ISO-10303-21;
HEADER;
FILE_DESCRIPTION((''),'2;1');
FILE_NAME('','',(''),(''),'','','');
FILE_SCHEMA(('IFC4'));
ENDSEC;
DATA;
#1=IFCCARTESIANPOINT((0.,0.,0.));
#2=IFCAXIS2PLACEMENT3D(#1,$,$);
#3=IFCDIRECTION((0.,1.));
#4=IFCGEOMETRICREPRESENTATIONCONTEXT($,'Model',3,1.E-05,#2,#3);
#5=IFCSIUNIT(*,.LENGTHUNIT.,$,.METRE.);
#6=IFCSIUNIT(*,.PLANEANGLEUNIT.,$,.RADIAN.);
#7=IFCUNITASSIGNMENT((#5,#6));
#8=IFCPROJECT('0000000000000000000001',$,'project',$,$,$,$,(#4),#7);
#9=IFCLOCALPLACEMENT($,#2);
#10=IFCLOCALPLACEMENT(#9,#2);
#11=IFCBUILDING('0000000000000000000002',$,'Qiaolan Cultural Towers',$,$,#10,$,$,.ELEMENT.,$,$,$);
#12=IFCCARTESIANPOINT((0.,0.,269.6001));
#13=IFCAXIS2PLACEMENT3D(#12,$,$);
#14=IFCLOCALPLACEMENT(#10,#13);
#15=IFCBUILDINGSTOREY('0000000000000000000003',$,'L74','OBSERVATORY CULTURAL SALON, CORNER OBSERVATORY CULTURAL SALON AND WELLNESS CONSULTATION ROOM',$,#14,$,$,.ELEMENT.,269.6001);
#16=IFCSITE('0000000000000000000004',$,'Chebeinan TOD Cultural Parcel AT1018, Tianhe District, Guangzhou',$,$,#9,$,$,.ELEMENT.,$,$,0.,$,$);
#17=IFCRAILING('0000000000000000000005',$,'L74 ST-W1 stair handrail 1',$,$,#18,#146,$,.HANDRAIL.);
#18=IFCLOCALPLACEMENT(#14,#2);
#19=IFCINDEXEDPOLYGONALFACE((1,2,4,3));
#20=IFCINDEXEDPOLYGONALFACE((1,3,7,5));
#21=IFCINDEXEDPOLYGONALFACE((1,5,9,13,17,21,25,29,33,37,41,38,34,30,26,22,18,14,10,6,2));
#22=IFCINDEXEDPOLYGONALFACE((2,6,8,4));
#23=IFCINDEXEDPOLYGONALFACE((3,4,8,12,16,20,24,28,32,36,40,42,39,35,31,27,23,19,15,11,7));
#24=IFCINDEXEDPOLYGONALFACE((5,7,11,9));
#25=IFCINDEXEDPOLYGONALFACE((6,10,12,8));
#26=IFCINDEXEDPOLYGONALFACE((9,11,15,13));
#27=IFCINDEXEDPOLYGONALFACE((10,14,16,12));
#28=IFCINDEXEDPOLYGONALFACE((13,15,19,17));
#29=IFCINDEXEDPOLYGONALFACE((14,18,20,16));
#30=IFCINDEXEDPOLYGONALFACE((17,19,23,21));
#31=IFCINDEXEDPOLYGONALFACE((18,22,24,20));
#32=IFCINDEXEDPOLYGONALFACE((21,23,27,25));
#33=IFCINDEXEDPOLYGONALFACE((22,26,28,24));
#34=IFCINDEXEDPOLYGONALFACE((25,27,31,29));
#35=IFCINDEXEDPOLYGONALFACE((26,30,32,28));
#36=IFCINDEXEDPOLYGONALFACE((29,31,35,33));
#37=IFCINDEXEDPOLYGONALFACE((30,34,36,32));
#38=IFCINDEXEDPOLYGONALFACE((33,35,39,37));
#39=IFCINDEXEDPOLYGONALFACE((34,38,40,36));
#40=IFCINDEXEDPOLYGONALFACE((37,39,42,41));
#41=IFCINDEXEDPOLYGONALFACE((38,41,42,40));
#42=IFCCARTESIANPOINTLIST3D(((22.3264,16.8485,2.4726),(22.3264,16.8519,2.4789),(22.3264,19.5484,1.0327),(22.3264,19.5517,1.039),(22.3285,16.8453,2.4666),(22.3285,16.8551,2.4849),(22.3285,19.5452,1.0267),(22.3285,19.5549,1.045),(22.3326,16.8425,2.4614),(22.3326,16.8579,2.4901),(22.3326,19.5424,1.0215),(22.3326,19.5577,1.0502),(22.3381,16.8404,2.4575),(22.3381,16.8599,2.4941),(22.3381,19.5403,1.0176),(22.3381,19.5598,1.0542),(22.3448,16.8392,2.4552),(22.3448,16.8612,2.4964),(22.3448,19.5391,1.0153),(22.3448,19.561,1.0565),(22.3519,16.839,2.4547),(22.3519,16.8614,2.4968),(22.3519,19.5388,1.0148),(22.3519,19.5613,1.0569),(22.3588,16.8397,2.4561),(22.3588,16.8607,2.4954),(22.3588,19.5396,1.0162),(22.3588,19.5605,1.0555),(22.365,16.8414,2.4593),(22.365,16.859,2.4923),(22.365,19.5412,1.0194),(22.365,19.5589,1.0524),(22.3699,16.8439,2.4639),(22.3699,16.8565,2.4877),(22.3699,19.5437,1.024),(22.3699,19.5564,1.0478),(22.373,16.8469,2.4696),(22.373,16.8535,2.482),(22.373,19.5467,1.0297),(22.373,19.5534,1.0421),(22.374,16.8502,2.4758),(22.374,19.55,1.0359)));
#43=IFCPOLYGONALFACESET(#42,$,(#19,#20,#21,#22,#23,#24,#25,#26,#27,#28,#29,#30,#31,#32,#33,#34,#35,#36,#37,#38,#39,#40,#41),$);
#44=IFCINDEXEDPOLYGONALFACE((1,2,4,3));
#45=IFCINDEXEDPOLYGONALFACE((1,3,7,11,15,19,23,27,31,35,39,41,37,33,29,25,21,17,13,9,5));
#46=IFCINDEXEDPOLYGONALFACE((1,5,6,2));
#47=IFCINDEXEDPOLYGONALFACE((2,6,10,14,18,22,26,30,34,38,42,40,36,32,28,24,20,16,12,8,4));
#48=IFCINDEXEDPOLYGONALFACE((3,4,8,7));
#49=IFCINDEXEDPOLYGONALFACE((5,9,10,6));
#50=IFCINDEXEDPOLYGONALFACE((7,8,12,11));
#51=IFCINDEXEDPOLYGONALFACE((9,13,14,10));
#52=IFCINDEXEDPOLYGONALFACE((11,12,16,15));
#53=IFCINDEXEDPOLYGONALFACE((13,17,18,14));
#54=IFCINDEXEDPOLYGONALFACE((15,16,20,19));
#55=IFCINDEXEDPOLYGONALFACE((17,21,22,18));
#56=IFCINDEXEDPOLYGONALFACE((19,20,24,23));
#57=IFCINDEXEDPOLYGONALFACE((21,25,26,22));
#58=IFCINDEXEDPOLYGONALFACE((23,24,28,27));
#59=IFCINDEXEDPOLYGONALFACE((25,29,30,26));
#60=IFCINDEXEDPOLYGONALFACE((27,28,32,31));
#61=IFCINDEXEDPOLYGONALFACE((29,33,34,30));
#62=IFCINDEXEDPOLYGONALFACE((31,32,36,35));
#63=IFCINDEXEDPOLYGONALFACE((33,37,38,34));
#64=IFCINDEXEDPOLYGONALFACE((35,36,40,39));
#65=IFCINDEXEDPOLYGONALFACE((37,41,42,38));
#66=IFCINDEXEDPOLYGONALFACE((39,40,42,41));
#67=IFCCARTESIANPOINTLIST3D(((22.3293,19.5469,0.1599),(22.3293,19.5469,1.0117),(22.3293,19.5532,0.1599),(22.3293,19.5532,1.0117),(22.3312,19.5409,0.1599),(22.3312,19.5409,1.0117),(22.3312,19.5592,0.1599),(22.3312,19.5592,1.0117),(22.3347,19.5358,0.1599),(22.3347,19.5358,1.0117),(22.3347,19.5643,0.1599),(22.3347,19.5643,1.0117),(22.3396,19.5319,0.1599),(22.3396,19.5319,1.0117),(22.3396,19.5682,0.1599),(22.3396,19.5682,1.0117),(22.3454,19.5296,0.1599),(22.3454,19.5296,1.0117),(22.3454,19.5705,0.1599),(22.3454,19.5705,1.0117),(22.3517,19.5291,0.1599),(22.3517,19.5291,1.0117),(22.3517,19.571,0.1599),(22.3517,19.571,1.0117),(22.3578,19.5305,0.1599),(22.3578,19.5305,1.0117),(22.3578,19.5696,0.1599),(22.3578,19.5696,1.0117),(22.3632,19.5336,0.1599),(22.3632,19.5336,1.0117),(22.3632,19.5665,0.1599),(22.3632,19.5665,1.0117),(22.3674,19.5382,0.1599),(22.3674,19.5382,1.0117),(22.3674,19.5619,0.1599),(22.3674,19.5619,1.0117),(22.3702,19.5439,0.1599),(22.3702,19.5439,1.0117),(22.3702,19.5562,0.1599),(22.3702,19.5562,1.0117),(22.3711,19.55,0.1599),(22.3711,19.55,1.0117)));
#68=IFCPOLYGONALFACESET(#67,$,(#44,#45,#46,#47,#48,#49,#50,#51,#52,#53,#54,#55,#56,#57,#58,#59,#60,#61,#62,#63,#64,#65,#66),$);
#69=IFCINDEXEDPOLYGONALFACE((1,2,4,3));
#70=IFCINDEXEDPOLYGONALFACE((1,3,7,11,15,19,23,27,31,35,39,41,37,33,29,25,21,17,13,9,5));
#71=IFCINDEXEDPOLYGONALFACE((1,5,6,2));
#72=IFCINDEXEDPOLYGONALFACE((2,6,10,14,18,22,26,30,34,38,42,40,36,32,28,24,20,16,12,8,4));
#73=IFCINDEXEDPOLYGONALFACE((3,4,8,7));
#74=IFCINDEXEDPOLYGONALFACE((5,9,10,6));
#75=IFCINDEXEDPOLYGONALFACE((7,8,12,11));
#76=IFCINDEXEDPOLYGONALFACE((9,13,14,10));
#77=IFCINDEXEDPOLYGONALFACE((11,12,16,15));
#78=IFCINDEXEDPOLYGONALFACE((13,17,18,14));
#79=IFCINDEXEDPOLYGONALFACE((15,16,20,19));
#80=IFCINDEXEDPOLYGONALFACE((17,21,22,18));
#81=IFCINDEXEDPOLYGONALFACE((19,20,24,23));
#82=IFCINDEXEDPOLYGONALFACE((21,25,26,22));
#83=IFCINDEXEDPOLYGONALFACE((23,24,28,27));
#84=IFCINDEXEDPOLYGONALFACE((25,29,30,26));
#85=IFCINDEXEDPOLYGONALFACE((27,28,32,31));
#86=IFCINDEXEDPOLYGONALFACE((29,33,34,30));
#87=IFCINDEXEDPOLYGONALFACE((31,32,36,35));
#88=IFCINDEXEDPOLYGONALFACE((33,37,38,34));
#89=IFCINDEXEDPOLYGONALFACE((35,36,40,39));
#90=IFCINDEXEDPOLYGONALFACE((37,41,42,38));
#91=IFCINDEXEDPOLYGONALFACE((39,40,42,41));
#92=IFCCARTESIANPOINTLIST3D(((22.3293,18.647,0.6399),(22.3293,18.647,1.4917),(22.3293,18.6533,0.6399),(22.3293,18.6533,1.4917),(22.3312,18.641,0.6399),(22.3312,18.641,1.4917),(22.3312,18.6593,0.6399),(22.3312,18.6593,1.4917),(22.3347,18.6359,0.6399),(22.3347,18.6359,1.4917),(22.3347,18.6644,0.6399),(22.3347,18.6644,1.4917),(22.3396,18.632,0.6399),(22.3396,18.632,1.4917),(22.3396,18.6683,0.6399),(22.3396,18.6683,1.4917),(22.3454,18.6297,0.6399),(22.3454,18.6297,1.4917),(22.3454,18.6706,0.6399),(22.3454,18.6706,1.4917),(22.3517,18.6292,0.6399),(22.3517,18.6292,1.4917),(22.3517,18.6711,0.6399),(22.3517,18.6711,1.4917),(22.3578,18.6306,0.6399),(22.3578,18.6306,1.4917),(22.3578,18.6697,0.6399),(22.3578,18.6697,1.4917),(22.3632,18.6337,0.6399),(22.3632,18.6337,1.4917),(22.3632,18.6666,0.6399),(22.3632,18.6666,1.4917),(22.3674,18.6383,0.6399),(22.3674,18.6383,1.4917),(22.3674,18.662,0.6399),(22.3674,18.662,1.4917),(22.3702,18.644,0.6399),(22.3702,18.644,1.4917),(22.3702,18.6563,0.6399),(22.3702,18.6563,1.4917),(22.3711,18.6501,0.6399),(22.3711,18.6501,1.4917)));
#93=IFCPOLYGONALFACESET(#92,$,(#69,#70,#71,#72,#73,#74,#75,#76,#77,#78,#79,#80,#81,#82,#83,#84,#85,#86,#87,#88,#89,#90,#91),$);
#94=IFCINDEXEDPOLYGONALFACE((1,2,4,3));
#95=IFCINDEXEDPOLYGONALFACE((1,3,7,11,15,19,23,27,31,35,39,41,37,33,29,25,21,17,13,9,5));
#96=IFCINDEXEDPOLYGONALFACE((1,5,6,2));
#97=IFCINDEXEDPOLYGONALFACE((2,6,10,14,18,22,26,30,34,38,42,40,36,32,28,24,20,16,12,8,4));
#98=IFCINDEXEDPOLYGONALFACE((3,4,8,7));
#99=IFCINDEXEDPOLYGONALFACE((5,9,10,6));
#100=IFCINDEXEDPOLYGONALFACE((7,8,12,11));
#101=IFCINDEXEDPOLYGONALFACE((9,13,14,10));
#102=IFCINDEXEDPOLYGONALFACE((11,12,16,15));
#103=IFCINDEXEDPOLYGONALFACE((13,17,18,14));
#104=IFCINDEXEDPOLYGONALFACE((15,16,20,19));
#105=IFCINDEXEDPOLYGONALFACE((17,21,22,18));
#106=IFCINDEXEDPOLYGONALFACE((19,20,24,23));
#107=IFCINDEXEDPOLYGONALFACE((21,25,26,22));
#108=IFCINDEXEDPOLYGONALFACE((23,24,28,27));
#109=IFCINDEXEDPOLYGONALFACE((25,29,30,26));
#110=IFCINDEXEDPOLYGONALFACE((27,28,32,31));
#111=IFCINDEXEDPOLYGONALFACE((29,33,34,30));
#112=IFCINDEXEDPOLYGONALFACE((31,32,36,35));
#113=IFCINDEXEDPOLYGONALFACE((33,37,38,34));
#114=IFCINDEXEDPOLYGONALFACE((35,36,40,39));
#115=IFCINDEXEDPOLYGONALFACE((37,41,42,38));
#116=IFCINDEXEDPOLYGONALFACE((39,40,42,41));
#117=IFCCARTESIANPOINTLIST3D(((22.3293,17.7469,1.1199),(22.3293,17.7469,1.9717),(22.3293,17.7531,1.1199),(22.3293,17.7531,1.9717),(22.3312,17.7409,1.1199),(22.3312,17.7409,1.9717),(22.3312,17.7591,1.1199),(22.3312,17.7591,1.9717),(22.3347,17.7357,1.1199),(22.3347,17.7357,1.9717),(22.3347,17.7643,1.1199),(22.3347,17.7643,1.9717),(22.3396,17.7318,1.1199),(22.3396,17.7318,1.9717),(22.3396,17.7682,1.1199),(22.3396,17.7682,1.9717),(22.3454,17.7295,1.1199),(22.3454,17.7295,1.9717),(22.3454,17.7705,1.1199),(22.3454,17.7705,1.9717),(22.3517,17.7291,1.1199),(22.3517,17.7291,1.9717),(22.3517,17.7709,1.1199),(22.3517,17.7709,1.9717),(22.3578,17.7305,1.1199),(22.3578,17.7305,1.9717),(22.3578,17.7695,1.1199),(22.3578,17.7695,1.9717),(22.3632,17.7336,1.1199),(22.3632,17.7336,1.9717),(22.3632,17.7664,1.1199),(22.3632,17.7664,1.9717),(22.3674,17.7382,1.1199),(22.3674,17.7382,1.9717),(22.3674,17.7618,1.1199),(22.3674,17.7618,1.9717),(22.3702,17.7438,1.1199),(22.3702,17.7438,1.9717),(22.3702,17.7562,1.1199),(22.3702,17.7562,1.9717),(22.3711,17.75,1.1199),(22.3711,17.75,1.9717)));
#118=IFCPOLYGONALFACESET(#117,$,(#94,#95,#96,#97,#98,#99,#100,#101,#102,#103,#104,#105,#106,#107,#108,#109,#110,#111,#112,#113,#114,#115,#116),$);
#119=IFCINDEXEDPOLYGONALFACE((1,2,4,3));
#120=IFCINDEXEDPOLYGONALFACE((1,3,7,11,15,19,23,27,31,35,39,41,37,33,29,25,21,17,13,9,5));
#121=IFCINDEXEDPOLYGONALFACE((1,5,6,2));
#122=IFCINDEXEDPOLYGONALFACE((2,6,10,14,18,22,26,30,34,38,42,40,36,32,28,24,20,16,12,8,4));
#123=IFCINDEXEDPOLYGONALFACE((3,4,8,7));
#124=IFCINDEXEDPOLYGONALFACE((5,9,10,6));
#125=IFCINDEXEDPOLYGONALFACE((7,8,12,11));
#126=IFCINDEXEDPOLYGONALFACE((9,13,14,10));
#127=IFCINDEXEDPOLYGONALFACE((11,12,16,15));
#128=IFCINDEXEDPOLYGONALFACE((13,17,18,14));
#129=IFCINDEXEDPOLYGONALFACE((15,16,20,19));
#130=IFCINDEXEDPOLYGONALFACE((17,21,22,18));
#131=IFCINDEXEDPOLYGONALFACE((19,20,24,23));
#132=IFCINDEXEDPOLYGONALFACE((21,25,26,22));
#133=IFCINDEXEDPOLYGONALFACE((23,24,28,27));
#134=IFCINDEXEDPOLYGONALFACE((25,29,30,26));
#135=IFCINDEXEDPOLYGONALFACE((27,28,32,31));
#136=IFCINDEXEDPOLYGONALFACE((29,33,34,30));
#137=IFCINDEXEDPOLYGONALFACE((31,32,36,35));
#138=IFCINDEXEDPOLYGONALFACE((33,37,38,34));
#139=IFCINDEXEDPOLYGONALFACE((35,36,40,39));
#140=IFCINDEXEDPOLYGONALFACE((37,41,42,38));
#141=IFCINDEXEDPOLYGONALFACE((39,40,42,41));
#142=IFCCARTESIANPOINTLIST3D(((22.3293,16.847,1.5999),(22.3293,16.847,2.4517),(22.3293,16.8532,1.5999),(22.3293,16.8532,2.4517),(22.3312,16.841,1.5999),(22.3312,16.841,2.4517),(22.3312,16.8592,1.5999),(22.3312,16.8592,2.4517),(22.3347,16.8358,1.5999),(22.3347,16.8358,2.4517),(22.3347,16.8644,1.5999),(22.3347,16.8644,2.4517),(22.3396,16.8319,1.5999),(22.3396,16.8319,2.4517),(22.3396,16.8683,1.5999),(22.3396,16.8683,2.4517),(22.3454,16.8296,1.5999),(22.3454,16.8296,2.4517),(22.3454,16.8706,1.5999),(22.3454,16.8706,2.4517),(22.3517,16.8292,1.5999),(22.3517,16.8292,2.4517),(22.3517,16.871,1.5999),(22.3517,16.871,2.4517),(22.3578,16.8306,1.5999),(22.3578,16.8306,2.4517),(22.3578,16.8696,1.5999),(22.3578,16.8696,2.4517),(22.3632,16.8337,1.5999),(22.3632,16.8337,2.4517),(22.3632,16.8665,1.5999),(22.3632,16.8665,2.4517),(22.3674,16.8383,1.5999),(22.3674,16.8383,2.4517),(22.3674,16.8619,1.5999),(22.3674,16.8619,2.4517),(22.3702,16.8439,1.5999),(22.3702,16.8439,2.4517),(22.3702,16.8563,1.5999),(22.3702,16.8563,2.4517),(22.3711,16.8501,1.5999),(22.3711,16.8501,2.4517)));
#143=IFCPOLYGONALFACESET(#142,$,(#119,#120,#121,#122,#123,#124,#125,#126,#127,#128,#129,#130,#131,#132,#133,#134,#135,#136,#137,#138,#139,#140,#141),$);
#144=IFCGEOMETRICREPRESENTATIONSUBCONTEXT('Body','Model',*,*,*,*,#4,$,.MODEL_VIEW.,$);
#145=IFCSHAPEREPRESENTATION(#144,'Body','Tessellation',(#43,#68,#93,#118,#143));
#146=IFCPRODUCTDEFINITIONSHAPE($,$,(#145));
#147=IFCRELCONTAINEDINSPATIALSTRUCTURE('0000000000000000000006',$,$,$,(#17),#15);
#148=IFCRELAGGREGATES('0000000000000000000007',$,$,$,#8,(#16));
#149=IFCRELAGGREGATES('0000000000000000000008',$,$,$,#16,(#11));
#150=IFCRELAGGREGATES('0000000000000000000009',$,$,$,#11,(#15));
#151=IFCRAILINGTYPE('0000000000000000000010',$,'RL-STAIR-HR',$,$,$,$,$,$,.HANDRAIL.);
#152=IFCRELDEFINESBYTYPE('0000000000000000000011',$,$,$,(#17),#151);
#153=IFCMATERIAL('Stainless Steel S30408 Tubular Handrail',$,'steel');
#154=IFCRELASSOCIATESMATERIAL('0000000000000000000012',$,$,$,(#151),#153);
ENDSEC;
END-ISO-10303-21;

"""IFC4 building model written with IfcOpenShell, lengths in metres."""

from ifc_helpers import new_model, si_unit, direction, frame, origin, origin_2d, place, context, subcontext, project, spatial, circle, extrude, material, type_object, element, save


model = new_model("IFC4")

# Units and contexts
model_context = context("Model", 3, precision=1e-05, world=origin(), true_north=direction((0.0, 1.0)))
body_context = subcontext(model_context, "Body", "Model", "MODEL_VIEW")
ifc_project = project(units=[si_unit("LENGTHUNIT", "METRE"), si_unit("PLANEANGLEUNIT", "RADIAN")], contexts=[model_context])

# Site, building, storey
site_placement = place(None, origin())
site = spatial("IfcSite", under=ifc_project, at=site_placement, Name="Chebeinan TOD Cultural Parcel AT1018, Tianhe District, Guangzhou", CompositionType="ELEMENT", RefElevation=0.0)
building_placement = place(site_placement, origin())
building = spatial("IfcBuilding", under=site, at=building_placement, Name="Qiaolan Cultural Towers", CompositionType="ELEMENT")
storey_placement = place(building_placement, frame((0.0, 0.0, 269.6001)))
storey = spatial("IfcBuildingStorey", under=building, at=storey_placement, Name="L74", Description="OBSERVATORY CULTURAL SALON, CORNER OBSERVATORY CULTURAL SALON AND WELLNESS CONSULTATION ROOM", CompositionType="ELEMENT", Elevation=269.6001)

# Railing
ifc_material_1 = material(Name="Stainless Steel S30408 Tubular Handrail", Category="steel")
railing_type_1 = type_object("IfcRailingType", Name="RL-STAIR-HR", PredefinedType="HANDRAIL", material=ifc_material_1)
railing_1_placement = place(storey_placement, frame((22.3501, 19.55, 0.1599)))
element("IfcRailing", 1, at=railing_1_placement, inside=storey, type_object=railing_type_1, Name="L74 ST-W1 stair handrail 1", PredefinedType="HANDRAIL", context=body_context, shape_type="SweptSolid", body=[
    extrude(circle(Radius=0.0239, at=origin_2d()), frame((0.0, 0.0, 0.876), z_axis=(0.0, -0.882357, 0.47058), x_axis=(1.0, 0.0, 0.0)), (0.0, 0.0, 1.0), 3.0598),
    extrude(circle(Radius=0.021, at=origin_2d()), origin(), (0.0, 0.0, 1.0), 0.8518),
    extrude(circle(Radius=0.021, at=origin_2d()), frame((0.0, -0.8999, 0.48)), (0.0, 0.0, 1.0), 0.8518),
    extrude(circle(Radius=0.021, at=origin_2d()), frame((0.0, -1.8, 0.96)), (0.0, 0.0, 1.0), 0.8518),
    extrude(circle(Radius=0.021, at=origin_2d()), frame((0.0, -2.7, 1.4399)), (0.0, 0.0, 1.0), 0.8518),
])

save(model, "model.ifc")
